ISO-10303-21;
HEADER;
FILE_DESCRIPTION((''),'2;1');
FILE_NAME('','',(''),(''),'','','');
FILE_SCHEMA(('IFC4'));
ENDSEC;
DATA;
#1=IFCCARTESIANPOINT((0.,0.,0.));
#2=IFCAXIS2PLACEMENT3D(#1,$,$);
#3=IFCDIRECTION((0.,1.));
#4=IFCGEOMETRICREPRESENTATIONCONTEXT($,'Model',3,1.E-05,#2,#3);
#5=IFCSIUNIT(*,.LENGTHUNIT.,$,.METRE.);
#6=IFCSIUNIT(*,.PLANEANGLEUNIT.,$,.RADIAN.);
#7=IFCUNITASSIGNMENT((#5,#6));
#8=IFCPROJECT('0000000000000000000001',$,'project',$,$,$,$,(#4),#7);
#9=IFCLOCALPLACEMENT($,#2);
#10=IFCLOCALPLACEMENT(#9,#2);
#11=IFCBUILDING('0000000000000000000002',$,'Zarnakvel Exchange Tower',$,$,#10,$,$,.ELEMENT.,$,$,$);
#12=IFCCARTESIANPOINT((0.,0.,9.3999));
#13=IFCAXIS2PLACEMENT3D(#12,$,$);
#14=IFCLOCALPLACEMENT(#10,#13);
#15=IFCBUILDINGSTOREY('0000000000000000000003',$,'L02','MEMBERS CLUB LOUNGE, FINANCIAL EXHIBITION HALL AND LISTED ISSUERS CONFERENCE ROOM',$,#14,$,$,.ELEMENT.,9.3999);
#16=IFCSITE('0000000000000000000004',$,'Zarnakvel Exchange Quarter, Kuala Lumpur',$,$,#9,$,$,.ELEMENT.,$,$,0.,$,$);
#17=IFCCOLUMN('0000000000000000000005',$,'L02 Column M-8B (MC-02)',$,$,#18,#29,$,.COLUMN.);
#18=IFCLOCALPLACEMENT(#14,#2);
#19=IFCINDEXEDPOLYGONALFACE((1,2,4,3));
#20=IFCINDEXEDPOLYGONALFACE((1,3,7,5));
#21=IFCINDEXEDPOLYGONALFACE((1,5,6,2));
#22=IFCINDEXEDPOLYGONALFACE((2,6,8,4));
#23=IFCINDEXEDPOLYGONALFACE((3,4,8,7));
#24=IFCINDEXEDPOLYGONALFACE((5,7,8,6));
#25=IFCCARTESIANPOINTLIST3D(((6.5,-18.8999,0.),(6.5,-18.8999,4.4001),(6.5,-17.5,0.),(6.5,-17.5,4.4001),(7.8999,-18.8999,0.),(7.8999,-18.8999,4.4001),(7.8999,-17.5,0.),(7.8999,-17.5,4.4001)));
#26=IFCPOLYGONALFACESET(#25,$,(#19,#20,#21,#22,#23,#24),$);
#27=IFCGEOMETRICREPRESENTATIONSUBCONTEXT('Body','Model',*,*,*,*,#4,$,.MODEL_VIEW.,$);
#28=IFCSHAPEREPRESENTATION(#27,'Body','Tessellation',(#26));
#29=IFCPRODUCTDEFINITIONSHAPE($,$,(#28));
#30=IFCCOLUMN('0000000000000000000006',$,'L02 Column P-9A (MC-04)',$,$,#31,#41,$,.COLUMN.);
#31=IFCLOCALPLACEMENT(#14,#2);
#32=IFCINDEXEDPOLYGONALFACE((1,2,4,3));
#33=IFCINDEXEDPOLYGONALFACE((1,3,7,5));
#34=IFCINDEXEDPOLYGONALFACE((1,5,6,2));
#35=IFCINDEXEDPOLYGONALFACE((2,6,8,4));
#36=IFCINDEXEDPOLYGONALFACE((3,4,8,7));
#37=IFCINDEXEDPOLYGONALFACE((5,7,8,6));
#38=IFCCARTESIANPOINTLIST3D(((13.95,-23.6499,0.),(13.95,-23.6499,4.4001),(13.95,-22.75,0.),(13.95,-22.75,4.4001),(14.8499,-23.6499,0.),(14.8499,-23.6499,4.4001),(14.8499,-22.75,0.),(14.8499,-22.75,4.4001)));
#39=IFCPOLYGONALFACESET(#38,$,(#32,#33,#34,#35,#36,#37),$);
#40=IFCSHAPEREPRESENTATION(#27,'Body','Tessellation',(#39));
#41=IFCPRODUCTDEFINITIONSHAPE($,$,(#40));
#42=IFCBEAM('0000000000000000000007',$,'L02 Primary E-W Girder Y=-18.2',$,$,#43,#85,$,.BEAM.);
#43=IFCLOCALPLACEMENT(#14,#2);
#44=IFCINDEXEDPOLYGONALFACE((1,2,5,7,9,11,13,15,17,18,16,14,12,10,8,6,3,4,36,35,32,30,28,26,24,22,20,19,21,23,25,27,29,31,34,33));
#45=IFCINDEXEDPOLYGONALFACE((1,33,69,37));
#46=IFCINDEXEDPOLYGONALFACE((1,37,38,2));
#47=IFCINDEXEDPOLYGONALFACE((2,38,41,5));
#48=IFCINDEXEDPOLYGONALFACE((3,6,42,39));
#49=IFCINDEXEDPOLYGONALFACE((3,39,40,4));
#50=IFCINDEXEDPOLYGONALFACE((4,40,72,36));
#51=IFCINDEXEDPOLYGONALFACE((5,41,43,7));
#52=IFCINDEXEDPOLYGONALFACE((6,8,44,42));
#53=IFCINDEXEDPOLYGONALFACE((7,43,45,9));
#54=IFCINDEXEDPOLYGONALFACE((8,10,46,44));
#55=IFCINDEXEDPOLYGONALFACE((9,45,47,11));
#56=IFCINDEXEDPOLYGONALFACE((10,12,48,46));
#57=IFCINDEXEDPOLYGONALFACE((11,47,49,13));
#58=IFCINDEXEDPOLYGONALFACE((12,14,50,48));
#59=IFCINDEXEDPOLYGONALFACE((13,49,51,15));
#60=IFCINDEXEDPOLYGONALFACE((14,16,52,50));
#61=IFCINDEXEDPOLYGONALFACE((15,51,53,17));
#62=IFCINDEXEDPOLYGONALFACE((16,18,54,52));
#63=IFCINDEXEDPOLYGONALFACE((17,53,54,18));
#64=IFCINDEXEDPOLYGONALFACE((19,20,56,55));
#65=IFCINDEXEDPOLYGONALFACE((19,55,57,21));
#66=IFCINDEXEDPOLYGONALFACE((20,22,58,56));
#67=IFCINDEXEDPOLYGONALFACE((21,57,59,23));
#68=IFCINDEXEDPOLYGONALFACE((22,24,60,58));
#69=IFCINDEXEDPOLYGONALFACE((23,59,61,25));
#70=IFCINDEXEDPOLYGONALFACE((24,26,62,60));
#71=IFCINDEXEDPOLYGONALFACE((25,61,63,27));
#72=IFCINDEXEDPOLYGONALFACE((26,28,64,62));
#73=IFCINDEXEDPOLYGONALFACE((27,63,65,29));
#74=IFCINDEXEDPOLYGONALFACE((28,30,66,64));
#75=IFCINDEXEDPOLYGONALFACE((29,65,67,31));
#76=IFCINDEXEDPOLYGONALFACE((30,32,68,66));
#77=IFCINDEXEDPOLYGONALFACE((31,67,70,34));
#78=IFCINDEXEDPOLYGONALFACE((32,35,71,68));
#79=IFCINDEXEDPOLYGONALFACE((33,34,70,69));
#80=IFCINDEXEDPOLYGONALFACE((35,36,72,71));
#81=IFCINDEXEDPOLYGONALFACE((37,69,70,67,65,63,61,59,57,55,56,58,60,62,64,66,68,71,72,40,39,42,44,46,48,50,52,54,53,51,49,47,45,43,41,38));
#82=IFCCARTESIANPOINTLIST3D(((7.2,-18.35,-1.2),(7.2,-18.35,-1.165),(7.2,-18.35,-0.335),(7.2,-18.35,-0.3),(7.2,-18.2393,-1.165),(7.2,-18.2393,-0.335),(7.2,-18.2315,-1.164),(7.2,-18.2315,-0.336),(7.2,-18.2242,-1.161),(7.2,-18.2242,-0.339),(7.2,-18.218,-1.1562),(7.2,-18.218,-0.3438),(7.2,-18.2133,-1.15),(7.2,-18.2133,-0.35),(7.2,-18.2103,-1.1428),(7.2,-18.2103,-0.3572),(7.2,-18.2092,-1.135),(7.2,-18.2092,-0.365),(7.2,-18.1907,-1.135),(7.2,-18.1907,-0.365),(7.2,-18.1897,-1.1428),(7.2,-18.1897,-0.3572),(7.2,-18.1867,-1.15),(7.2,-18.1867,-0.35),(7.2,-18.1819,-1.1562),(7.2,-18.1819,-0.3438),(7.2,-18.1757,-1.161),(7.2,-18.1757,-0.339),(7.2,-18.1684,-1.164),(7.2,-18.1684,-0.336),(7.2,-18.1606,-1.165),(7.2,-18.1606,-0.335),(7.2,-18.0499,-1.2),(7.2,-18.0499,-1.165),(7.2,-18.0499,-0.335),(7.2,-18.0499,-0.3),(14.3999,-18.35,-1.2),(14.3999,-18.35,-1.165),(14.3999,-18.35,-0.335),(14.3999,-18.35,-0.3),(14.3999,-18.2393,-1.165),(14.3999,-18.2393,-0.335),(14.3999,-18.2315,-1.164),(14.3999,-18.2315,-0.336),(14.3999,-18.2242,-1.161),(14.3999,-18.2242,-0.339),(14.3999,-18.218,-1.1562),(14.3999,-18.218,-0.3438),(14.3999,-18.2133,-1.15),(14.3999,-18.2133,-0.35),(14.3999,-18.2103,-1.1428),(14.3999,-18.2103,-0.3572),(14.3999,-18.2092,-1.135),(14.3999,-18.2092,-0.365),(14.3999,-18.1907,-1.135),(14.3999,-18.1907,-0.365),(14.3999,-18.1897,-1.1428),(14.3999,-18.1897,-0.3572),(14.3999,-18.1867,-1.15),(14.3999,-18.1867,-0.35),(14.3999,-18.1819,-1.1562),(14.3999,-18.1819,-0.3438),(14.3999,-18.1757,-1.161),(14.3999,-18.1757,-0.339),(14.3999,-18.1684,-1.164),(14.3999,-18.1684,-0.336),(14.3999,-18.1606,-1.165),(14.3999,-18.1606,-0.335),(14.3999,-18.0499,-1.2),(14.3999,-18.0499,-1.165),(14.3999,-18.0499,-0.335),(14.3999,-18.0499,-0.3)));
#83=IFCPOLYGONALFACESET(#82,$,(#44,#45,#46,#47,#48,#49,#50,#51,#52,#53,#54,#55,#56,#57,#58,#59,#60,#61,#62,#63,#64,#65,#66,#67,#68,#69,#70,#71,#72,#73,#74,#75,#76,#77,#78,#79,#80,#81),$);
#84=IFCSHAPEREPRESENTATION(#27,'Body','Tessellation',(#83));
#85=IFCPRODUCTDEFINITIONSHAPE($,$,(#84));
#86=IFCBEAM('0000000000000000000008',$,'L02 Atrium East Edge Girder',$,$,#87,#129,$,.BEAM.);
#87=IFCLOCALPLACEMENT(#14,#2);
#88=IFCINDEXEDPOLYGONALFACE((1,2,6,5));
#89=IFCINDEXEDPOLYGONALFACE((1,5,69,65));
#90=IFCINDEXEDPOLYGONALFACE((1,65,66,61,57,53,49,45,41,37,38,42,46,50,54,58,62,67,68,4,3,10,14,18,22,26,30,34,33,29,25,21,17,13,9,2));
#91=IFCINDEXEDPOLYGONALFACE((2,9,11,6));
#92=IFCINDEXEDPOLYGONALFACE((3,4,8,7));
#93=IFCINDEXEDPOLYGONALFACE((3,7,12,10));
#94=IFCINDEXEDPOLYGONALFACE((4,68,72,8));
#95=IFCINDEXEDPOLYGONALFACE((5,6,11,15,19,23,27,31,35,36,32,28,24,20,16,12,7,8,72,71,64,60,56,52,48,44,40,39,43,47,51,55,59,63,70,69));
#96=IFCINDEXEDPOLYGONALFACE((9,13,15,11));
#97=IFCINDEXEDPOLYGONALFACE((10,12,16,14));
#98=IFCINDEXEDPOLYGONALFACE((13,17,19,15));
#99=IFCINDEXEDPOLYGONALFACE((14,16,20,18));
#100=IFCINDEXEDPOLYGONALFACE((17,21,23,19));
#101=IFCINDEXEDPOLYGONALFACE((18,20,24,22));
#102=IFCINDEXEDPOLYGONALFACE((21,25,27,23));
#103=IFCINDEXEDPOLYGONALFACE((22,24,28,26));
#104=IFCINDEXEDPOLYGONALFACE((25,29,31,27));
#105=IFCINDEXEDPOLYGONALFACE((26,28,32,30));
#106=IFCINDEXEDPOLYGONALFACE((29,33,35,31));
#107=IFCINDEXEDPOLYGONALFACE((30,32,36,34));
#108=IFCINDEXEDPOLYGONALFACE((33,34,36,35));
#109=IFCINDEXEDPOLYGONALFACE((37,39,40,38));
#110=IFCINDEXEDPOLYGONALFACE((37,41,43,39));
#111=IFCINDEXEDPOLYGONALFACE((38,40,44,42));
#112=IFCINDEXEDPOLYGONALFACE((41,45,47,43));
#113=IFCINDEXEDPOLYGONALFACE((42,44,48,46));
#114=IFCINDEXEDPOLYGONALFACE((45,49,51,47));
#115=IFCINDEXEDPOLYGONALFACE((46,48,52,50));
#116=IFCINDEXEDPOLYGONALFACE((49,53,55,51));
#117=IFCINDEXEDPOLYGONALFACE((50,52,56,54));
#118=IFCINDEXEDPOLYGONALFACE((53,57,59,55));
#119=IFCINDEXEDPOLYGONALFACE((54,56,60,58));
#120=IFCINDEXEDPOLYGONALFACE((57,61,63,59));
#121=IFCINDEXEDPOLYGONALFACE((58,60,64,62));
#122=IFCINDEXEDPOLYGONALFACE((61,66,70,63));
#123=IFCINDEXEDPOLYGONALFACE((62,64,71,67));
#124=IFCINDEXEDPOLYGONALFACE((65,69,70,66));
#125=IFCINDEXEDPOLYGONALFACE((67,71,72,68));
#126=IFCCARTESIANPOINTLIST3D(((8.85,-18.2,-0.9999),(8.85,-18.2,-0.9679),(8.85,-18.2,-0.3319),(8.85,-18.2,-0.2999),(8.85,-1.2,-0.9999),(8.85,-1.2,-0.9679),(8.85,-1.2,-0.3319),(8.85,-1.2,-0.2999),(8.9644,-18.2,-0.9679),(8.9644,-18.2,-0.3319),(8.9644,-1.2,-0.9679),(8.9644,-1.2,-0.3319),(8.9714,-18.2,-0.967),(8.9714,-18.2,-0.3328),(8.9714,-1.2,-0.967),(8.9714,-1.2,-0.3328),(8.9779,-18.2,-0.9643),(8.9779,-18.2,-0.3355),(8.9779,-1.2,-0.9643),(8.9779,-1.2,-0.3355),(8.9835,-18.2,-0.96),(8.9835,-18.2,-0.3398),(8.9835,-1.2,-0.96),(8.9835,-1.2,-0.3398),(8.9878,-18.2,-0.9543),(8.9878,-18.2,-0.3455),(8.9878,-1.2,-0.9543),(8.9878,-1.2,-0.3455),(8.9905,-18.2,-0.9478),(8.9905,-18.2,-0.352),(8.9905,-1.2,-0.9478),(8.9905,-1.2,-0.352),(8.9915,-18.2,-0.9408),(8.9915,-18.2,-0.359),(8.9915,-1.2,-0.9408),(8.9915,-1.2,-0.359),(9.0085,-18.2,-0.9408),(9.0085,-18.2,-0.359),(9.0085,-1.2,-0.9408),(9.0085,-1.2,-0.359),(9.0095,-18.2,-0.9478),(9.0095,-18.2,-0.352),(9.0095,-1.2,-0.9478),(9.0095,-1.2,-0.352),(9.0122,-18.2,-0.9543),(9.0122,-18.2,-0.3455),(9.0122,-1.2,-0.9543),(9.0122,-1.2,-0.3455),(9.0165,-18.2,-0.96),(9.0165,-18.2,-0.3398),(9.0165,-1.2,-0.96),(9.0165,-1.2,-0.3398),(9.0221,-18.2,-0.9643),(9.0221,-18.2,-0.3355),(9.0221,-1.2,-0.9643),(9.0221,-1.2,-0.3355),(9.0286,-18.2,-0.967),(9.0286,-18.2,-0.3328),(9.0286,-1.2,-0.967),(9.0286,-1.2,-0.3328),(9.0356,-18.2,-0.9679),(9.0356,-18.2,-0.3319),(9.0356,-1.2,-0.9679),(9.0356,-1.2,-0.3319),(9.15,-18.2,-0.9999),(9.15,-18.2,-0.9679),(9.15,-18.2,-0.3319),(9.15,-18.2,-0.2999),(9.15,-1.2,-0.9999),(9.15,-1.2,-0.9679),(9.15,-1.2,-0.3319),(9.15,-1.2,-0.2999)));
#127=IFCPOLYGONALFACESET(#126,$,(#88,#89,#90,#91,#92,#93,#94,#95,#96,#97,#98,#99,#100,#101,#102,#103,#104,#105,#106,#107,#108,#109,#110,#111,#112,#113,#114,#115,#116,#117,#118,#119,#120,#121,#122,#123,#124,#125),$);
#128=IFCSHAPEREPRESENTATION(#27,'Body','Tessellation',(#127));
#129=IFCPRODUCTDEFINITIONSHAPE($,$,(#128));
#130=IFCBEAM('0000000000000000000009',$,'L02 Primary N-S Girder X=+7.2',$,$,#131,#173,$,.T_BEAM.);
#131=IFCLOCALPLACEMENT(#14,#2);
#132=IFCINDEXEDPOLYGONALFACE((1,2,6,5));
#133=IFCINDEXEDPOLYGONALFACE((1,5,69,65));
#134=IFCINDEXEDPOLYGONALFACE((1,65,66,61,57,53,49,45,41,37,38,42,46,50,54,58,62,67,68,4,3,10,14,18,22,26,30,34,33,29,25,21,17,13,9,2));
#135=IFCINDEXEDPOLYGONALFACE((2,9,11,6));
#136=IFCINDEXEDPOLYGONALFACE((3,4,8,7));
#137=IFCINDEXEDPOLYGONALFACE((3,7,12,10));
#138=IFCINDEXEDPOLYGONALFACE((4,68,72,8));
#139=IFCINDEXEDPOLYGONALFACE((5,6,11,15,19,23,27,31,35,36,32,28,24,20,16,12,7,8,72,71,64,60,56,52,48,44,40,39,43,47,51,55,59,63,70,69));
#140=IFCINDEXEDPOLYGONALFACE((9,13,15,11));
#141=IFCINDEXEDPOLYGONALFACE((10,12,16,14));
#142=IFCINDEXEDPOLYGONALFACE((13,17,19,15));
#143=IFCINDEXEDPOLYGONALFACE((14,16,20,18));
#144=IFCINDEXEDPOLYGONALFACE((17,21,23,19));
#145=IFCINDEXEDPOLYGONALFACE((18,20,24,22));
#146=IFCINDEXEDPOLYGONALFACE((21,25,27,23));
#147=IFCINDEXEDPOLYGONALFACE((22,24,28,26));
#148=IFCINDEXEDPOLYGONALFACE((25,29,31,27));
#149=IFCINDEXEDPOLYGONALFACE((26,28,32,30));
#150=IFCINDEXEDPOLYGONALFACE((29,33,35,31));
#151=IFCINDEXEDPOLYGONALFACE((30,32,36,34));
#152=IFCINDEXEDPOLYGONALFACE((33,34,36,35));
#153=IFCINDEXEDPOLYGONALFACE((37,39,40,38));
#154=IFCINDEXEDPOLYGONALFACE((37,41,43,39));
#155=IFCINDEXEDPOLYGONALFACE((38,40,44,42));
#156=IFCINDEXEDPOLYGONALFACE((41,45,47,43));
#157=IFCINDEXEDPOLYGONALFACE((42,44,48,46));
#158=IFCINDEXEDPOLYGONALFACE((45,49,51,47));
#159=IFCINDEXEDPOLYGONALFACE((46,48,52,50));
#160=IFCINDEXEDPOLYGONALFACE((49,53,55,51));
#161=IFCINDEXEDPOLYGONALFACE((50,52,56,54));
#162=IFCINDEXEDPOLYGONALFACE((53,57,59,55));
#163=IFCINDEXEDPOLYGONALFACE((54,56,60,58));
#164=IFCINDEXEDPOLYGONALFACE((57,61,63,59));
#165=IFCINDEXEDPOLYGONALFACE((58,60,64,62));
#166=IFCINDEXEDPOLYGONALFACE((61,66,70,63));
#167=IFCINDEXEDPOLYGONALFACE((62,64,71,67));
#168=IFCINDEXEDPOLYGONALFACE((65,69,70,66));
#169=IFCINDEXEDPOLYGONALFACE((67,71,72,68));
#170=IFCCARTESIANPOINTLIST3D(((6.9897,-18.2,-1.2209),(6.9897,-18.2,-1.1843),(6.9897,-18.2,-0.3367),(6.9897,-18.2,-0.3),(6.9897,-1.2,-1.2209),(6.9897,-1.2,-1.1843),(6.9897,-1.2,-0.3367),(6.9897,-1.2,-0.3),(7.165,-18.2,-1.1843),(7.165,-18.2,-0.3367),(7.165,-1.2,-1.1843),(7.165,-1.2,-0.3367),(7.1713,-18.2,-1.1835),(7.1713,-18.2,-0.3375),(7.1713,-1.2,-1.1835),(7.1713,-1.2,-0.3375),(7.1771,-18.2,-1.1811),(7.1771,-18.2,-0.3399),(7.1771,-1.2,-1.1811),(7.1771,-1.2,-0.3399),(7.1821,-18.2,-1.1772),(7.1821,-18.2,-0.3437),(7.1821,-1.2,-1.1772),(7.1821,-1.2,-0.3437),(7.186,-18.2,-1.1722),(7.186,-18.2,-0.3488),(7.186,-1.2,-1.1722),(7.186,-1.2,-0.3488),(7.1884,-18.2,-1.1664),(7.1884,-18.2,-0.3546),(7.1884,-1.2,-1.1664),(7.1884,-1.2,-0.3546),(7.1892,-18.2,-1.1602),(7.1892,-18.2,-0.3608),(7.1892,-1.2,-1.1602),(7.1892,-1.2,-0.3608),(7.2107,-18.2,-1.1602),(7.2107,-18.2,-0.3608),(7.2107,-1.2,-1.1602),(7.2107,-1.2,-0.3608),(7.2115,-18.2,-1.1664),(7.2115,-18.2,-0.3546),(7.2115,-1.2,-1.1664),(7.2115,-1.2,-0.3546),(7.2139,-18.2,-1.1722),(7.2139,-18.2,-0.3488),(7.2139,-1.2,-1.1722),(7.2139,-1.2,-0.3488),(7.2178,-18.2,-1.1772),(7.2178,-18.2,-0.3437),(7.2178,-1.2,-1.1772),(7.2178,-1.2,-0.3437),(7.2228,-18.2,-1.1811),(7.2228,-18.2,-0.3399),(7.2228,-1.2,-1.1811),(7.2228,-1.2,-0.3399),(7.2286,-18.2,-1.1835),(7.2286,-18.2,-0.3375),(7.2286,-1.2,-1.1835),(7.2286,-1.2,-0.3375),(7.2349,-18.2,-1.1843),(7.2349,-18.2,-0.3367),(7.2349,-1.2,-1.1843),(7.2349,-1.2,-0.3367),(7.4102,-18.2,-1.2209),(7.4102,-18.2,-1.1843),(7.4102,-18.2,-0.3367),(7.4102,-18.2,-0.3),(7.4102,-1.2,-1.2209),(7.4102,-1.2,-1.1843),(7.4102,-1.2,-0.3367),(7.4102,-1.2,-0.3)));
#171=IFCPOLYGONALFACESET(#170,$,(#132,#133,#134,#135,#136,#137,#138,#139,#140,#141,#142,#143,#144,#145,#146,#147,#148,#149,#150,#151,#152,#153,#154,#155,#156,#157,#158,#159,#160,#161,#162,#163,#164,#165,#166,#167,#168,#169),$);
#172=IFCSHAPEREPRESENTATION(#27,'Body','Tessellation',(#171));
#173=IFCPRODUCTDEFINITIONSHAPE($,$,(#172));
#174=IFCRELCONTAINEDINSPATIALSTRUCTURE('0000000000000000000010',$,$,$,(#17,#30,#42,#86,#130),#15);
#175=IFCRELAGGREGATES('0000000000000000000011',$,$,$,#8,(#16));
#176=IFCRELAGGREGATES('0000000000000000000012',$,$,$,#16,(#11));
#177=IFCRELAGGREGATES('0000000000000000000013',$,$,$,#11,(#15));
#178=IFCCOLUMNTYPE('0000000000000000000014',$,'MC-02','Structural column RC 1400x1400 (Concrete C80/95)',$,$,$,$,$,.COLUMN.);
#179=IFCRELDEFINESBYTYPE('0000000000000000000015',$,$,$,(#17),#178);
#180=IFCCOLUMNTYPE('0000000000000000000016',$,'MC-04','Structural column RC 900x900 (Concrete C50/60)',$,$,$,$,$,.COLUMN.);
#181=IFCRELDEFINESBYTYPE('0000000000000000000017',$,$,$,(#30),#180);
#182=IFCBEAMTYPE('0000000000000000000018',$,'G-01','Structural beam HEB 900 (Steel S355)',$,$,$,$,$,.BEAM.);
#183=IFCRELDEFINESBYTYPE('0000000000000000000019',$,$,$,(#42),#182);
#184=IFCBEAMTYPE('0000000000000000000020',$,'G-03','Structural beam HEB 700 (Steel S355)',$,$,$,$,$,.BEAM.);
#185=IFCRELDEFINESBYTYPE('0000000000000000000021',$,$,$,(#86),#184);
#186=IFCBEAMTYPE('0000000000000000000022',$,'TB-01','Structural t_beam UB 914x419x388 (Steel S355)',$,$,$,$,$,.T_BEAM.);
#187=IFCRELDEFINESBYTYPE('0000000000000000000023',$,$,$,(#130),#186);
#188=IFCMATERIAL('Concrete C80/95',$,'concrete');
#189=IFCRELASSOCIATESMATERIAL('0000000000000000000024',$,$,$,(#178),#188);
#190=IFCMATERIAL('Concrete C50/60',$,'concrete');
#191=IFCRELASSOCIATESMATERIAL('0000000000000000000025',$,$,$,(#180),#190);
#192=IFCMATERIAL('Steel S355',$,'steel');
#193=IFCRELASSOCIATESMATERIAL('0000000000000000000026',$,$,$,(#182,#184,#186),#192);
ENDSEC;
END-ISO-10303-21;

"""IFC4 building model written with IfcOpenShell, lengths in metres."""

from ifc_helpers import new_model, si_unit, direction, frame, origin, origin_2d, place, context, subcontext, project, spatial, rectangle, i_section, extrude, material, material_profile, profile_set, type_object, element, save


model = new_model("IFC4")

# Units and contexts
model_context = context("Model", 3, precision=1e-05, world=origin(), true_north=direction((0.0, 1.0)))
body_context = subcontext(model_context, "Body", "Model", "MODEL_VIEW")
ifc_project = project(units=[si_unit("LENGTHUNIT", "METRE"), si_unit("PLANEANGLEUNIT", "RADIAN")], contexts=[model_context])

# Site, building, storey
site_placement = place(None, origin())
site = spatial("IfcSite", under=ifc_project, at=site_placement, Name="Zarnakvel Exchange Quarter, Kuala Lumpur", CompositionType="ELEMENT", RefElevation=0.0)
building_placement = place(site_placement, origin())
building = spatial("IfcBuilding", under=site, at=building_placement, Name="Zarnakvel Exchange Tower", CompositionType="ELEMENT")
storey_placement = place(building_placement, frame((0.0, 0.0, 9.3999)))
storey = spatial("IfcBuildingStorey", under=building, at=storey_placement, Name="L02", Description="MEMBERS CLUB LOUNGE, FINANCIAL EXHIBITION HALL AND LISTED ISSUERS CONFERENCE ROOM", CompositionType="ELEMENT", Elevation=9.3999)

# Columns
ifc_material_1 = material(Name="Concrete C80/95", Category="concrete")
ifc_material_profile_1 = material_profile(ifc_material_1, rectangle(XDim=1.3999, YDim=1.3999, at=origin_2d()))
ifc_profile_set_1 = profile_set([ifc_material_profile_1], Name="Concrete C80/95")
column_type_1 = type_object("IfcColumnType", Name="MC-02", Description="Structural column RC 1400x1400 (Concrete C80/95)", PredefinedType="COLUMN", material=ifc_profile_set_1)
column_1_placement = place(storey_placement, frame((7.2, -18.2, 0.0), z_axis=(0.0, 0.0, 1.0), x_axis=(1.0, 0.0, 0.0)))
element("IfcColumn", 1, at=column_1_placement, inside=storey, type_object=column_type_1, Name="L02 Column M-8B (MC-02)", PredefinedType="COLUMN", context=body_context, shape_type="SweptSolid", body=[
    extrude(rectangle(XDim=1.3999, YDim=1.3999, at=origin_2d()), origin(), (0.0, 0.0, 1.0), 4.4001),
])
ifc_material_2 = material(Name="Concrete C50/60", Category="concrete")
ifc_material_profile_2 = material_profile(ifc_material_2, rectangle(XDim=0.8999, YDim=0.8999, at=origin_2d()))
ifc_profile_set_2 = profile_set([ifc_material_profile_2], Name="Concrete C50/60")
column_type_2 = type_object("IfcColumnType", Name="MC-04", Description="Structural column RC 900x900 (Concrete C50/60)", PredefinedType="COLUMN", material=ifc_profile_set_2)
column_2_placement = place(storey_placement, frame((14.3999, -23.2, 0.0), z_axis=(0.0, 0.0, 1.0), x_axis=(1.0, 0.0, 0.0)))
element("IfcColumn", 2, at=column_2_placement, inside=storey, type_object=column_type_2, Name="L02 Column P-9A (MC-04)", PredefinedType="COLUMN", context=body_context, shape_type="SweptSolid", body=[
    extrude(rectangle(XDim=0.8999, YDim=0.8999, at=origin_2d()), origin(), (0.0, 0.0, 1.0), 4.4001),
])

# Beams
ifc_material_3 = material(Name="Steel S355", Category="steel")
ifc_material_profile_3 = material_profile(ifc_material_3, i_section(OverallWidth=0.3, OverallDepth=0.8999, WebThickness=0.0186, FlangeThickness=0.0349, FilletRadius=0.03, at=origin_2d()))
ifc_profile_set_3 = profile_set([ifc_material_profile_3], Name="Steel S355")
beam_type_1 = type_object("IfcBeamType", Name="G-01", Description="Structural beam HEB 900 (Steel S355)", PredefinedType="BEAM", material=ifc_profile_set_3)
beam_1_placement = place(storey_placement, frame((7.2, -18.2, -0.75), z_axis=(1.0, 0.0, 0.0), x_axis=(0.0, 1.0, 0.0)))
element("IfcBeam", 3, at=beam_1_placement, inside=storey, type_object=beam_type_1, Name="L02 Primary E-W Girder Y=-18.2", PredefinedType="BEAM", context=body_context, shape_type="SweptSolid", body=[
    extrude(i_section(OverallWidth=0.3, OverallDepth=0.8999, WebThickness=0.0186, FlangeThickness=0.0349, FilletRadius=0.03, at=origin_2d()), origin(), (0.0, 0.0, 1.0), 7.2),
])
ifc_material_profile_4 = material_profile(ifc_material_3, i_section(OverallWidth=0.3, OverallDepth=0.7, WebThickness=0.0171, FlangeThickness=0.032, FilletRadius=0.0271, at=origin_2d()))
ifc_profile_set_4 = profile_set([ifc_material_profile_4], Name="Steel S355")
beam_type_2 = type_object("IfcBeamType", Name="G-03", Description="Structural beam HEB 700 (Steel S355)", PredefinedType="BEAM", material=ifc_profile_set_4)
beam_2_placement = place(storey_placement, frame((9.0, -18.2, -0.6499), z_axis=(0.0, 1.0, 0.0), x_axis=(-1.0, 0.0, 0.0)))
element("IfcBeam", 4, at=beam_2_placement, inside=storey, type_object=beam_type_2, Name="L02 Atrium East Edge Girder", PredefinedType="BEAM", context=body_context, shape_type="SweptSolid", body=[
    extrude(i_section(OverallWidth=0.3, OverallDepth=0.7, WebThickness=0.0171, FlangeThickness=0.032, FilletRadius=0.0271, at=origin_2d()), origin(), (0.0, 0.0, 1.0), 17.0),
])
ifc_material_profile_5 = material_profile(ifc_material_3, i_section(OverallWidth=0.4204, OverallDepth=0.9209, WebThickness=0.0215, FlangeThickness=0.0366, FilletRadius=0.0242, at=origin_2d()))
ifc_profile_set_5 = profile_set([ifc_material_profile_5], Name="Steel S355")
beam_type_3 = type_object("IfcBeamType", Name="TB-01", Description="Structural t_beam UB 914x419x388 (Steel S355)", PredefinedType="T_BEAM", material=ifc_profile_set_5)
beam_3_placement = place(storey_placement, frame((7.2, -18.2, -0.7605), z_axis=(0.0, 1.0, 0.0), x_axis=(-1.0, 0.0, 0.0)))
element("IfcBeam", 5, at=beam_3_placement, inside=storey, type_object=beam_type_3, Name="L02 Primary N-S Girder X=+7.2", PredefinedType="T_BEAM", context=body_context, shape_type="SweptSolid", body=[
    extrude(i_section(OverallWidth=0.4204, OverallDepth=0.9209, WebThickness=0.0215, FlangeThickness=0.0366, FilletRadius=0.0242, at=origin_2d()), origin(), (0.0, 0.0, 1.0), 17.0),
])

save(model, "model.ifc")
